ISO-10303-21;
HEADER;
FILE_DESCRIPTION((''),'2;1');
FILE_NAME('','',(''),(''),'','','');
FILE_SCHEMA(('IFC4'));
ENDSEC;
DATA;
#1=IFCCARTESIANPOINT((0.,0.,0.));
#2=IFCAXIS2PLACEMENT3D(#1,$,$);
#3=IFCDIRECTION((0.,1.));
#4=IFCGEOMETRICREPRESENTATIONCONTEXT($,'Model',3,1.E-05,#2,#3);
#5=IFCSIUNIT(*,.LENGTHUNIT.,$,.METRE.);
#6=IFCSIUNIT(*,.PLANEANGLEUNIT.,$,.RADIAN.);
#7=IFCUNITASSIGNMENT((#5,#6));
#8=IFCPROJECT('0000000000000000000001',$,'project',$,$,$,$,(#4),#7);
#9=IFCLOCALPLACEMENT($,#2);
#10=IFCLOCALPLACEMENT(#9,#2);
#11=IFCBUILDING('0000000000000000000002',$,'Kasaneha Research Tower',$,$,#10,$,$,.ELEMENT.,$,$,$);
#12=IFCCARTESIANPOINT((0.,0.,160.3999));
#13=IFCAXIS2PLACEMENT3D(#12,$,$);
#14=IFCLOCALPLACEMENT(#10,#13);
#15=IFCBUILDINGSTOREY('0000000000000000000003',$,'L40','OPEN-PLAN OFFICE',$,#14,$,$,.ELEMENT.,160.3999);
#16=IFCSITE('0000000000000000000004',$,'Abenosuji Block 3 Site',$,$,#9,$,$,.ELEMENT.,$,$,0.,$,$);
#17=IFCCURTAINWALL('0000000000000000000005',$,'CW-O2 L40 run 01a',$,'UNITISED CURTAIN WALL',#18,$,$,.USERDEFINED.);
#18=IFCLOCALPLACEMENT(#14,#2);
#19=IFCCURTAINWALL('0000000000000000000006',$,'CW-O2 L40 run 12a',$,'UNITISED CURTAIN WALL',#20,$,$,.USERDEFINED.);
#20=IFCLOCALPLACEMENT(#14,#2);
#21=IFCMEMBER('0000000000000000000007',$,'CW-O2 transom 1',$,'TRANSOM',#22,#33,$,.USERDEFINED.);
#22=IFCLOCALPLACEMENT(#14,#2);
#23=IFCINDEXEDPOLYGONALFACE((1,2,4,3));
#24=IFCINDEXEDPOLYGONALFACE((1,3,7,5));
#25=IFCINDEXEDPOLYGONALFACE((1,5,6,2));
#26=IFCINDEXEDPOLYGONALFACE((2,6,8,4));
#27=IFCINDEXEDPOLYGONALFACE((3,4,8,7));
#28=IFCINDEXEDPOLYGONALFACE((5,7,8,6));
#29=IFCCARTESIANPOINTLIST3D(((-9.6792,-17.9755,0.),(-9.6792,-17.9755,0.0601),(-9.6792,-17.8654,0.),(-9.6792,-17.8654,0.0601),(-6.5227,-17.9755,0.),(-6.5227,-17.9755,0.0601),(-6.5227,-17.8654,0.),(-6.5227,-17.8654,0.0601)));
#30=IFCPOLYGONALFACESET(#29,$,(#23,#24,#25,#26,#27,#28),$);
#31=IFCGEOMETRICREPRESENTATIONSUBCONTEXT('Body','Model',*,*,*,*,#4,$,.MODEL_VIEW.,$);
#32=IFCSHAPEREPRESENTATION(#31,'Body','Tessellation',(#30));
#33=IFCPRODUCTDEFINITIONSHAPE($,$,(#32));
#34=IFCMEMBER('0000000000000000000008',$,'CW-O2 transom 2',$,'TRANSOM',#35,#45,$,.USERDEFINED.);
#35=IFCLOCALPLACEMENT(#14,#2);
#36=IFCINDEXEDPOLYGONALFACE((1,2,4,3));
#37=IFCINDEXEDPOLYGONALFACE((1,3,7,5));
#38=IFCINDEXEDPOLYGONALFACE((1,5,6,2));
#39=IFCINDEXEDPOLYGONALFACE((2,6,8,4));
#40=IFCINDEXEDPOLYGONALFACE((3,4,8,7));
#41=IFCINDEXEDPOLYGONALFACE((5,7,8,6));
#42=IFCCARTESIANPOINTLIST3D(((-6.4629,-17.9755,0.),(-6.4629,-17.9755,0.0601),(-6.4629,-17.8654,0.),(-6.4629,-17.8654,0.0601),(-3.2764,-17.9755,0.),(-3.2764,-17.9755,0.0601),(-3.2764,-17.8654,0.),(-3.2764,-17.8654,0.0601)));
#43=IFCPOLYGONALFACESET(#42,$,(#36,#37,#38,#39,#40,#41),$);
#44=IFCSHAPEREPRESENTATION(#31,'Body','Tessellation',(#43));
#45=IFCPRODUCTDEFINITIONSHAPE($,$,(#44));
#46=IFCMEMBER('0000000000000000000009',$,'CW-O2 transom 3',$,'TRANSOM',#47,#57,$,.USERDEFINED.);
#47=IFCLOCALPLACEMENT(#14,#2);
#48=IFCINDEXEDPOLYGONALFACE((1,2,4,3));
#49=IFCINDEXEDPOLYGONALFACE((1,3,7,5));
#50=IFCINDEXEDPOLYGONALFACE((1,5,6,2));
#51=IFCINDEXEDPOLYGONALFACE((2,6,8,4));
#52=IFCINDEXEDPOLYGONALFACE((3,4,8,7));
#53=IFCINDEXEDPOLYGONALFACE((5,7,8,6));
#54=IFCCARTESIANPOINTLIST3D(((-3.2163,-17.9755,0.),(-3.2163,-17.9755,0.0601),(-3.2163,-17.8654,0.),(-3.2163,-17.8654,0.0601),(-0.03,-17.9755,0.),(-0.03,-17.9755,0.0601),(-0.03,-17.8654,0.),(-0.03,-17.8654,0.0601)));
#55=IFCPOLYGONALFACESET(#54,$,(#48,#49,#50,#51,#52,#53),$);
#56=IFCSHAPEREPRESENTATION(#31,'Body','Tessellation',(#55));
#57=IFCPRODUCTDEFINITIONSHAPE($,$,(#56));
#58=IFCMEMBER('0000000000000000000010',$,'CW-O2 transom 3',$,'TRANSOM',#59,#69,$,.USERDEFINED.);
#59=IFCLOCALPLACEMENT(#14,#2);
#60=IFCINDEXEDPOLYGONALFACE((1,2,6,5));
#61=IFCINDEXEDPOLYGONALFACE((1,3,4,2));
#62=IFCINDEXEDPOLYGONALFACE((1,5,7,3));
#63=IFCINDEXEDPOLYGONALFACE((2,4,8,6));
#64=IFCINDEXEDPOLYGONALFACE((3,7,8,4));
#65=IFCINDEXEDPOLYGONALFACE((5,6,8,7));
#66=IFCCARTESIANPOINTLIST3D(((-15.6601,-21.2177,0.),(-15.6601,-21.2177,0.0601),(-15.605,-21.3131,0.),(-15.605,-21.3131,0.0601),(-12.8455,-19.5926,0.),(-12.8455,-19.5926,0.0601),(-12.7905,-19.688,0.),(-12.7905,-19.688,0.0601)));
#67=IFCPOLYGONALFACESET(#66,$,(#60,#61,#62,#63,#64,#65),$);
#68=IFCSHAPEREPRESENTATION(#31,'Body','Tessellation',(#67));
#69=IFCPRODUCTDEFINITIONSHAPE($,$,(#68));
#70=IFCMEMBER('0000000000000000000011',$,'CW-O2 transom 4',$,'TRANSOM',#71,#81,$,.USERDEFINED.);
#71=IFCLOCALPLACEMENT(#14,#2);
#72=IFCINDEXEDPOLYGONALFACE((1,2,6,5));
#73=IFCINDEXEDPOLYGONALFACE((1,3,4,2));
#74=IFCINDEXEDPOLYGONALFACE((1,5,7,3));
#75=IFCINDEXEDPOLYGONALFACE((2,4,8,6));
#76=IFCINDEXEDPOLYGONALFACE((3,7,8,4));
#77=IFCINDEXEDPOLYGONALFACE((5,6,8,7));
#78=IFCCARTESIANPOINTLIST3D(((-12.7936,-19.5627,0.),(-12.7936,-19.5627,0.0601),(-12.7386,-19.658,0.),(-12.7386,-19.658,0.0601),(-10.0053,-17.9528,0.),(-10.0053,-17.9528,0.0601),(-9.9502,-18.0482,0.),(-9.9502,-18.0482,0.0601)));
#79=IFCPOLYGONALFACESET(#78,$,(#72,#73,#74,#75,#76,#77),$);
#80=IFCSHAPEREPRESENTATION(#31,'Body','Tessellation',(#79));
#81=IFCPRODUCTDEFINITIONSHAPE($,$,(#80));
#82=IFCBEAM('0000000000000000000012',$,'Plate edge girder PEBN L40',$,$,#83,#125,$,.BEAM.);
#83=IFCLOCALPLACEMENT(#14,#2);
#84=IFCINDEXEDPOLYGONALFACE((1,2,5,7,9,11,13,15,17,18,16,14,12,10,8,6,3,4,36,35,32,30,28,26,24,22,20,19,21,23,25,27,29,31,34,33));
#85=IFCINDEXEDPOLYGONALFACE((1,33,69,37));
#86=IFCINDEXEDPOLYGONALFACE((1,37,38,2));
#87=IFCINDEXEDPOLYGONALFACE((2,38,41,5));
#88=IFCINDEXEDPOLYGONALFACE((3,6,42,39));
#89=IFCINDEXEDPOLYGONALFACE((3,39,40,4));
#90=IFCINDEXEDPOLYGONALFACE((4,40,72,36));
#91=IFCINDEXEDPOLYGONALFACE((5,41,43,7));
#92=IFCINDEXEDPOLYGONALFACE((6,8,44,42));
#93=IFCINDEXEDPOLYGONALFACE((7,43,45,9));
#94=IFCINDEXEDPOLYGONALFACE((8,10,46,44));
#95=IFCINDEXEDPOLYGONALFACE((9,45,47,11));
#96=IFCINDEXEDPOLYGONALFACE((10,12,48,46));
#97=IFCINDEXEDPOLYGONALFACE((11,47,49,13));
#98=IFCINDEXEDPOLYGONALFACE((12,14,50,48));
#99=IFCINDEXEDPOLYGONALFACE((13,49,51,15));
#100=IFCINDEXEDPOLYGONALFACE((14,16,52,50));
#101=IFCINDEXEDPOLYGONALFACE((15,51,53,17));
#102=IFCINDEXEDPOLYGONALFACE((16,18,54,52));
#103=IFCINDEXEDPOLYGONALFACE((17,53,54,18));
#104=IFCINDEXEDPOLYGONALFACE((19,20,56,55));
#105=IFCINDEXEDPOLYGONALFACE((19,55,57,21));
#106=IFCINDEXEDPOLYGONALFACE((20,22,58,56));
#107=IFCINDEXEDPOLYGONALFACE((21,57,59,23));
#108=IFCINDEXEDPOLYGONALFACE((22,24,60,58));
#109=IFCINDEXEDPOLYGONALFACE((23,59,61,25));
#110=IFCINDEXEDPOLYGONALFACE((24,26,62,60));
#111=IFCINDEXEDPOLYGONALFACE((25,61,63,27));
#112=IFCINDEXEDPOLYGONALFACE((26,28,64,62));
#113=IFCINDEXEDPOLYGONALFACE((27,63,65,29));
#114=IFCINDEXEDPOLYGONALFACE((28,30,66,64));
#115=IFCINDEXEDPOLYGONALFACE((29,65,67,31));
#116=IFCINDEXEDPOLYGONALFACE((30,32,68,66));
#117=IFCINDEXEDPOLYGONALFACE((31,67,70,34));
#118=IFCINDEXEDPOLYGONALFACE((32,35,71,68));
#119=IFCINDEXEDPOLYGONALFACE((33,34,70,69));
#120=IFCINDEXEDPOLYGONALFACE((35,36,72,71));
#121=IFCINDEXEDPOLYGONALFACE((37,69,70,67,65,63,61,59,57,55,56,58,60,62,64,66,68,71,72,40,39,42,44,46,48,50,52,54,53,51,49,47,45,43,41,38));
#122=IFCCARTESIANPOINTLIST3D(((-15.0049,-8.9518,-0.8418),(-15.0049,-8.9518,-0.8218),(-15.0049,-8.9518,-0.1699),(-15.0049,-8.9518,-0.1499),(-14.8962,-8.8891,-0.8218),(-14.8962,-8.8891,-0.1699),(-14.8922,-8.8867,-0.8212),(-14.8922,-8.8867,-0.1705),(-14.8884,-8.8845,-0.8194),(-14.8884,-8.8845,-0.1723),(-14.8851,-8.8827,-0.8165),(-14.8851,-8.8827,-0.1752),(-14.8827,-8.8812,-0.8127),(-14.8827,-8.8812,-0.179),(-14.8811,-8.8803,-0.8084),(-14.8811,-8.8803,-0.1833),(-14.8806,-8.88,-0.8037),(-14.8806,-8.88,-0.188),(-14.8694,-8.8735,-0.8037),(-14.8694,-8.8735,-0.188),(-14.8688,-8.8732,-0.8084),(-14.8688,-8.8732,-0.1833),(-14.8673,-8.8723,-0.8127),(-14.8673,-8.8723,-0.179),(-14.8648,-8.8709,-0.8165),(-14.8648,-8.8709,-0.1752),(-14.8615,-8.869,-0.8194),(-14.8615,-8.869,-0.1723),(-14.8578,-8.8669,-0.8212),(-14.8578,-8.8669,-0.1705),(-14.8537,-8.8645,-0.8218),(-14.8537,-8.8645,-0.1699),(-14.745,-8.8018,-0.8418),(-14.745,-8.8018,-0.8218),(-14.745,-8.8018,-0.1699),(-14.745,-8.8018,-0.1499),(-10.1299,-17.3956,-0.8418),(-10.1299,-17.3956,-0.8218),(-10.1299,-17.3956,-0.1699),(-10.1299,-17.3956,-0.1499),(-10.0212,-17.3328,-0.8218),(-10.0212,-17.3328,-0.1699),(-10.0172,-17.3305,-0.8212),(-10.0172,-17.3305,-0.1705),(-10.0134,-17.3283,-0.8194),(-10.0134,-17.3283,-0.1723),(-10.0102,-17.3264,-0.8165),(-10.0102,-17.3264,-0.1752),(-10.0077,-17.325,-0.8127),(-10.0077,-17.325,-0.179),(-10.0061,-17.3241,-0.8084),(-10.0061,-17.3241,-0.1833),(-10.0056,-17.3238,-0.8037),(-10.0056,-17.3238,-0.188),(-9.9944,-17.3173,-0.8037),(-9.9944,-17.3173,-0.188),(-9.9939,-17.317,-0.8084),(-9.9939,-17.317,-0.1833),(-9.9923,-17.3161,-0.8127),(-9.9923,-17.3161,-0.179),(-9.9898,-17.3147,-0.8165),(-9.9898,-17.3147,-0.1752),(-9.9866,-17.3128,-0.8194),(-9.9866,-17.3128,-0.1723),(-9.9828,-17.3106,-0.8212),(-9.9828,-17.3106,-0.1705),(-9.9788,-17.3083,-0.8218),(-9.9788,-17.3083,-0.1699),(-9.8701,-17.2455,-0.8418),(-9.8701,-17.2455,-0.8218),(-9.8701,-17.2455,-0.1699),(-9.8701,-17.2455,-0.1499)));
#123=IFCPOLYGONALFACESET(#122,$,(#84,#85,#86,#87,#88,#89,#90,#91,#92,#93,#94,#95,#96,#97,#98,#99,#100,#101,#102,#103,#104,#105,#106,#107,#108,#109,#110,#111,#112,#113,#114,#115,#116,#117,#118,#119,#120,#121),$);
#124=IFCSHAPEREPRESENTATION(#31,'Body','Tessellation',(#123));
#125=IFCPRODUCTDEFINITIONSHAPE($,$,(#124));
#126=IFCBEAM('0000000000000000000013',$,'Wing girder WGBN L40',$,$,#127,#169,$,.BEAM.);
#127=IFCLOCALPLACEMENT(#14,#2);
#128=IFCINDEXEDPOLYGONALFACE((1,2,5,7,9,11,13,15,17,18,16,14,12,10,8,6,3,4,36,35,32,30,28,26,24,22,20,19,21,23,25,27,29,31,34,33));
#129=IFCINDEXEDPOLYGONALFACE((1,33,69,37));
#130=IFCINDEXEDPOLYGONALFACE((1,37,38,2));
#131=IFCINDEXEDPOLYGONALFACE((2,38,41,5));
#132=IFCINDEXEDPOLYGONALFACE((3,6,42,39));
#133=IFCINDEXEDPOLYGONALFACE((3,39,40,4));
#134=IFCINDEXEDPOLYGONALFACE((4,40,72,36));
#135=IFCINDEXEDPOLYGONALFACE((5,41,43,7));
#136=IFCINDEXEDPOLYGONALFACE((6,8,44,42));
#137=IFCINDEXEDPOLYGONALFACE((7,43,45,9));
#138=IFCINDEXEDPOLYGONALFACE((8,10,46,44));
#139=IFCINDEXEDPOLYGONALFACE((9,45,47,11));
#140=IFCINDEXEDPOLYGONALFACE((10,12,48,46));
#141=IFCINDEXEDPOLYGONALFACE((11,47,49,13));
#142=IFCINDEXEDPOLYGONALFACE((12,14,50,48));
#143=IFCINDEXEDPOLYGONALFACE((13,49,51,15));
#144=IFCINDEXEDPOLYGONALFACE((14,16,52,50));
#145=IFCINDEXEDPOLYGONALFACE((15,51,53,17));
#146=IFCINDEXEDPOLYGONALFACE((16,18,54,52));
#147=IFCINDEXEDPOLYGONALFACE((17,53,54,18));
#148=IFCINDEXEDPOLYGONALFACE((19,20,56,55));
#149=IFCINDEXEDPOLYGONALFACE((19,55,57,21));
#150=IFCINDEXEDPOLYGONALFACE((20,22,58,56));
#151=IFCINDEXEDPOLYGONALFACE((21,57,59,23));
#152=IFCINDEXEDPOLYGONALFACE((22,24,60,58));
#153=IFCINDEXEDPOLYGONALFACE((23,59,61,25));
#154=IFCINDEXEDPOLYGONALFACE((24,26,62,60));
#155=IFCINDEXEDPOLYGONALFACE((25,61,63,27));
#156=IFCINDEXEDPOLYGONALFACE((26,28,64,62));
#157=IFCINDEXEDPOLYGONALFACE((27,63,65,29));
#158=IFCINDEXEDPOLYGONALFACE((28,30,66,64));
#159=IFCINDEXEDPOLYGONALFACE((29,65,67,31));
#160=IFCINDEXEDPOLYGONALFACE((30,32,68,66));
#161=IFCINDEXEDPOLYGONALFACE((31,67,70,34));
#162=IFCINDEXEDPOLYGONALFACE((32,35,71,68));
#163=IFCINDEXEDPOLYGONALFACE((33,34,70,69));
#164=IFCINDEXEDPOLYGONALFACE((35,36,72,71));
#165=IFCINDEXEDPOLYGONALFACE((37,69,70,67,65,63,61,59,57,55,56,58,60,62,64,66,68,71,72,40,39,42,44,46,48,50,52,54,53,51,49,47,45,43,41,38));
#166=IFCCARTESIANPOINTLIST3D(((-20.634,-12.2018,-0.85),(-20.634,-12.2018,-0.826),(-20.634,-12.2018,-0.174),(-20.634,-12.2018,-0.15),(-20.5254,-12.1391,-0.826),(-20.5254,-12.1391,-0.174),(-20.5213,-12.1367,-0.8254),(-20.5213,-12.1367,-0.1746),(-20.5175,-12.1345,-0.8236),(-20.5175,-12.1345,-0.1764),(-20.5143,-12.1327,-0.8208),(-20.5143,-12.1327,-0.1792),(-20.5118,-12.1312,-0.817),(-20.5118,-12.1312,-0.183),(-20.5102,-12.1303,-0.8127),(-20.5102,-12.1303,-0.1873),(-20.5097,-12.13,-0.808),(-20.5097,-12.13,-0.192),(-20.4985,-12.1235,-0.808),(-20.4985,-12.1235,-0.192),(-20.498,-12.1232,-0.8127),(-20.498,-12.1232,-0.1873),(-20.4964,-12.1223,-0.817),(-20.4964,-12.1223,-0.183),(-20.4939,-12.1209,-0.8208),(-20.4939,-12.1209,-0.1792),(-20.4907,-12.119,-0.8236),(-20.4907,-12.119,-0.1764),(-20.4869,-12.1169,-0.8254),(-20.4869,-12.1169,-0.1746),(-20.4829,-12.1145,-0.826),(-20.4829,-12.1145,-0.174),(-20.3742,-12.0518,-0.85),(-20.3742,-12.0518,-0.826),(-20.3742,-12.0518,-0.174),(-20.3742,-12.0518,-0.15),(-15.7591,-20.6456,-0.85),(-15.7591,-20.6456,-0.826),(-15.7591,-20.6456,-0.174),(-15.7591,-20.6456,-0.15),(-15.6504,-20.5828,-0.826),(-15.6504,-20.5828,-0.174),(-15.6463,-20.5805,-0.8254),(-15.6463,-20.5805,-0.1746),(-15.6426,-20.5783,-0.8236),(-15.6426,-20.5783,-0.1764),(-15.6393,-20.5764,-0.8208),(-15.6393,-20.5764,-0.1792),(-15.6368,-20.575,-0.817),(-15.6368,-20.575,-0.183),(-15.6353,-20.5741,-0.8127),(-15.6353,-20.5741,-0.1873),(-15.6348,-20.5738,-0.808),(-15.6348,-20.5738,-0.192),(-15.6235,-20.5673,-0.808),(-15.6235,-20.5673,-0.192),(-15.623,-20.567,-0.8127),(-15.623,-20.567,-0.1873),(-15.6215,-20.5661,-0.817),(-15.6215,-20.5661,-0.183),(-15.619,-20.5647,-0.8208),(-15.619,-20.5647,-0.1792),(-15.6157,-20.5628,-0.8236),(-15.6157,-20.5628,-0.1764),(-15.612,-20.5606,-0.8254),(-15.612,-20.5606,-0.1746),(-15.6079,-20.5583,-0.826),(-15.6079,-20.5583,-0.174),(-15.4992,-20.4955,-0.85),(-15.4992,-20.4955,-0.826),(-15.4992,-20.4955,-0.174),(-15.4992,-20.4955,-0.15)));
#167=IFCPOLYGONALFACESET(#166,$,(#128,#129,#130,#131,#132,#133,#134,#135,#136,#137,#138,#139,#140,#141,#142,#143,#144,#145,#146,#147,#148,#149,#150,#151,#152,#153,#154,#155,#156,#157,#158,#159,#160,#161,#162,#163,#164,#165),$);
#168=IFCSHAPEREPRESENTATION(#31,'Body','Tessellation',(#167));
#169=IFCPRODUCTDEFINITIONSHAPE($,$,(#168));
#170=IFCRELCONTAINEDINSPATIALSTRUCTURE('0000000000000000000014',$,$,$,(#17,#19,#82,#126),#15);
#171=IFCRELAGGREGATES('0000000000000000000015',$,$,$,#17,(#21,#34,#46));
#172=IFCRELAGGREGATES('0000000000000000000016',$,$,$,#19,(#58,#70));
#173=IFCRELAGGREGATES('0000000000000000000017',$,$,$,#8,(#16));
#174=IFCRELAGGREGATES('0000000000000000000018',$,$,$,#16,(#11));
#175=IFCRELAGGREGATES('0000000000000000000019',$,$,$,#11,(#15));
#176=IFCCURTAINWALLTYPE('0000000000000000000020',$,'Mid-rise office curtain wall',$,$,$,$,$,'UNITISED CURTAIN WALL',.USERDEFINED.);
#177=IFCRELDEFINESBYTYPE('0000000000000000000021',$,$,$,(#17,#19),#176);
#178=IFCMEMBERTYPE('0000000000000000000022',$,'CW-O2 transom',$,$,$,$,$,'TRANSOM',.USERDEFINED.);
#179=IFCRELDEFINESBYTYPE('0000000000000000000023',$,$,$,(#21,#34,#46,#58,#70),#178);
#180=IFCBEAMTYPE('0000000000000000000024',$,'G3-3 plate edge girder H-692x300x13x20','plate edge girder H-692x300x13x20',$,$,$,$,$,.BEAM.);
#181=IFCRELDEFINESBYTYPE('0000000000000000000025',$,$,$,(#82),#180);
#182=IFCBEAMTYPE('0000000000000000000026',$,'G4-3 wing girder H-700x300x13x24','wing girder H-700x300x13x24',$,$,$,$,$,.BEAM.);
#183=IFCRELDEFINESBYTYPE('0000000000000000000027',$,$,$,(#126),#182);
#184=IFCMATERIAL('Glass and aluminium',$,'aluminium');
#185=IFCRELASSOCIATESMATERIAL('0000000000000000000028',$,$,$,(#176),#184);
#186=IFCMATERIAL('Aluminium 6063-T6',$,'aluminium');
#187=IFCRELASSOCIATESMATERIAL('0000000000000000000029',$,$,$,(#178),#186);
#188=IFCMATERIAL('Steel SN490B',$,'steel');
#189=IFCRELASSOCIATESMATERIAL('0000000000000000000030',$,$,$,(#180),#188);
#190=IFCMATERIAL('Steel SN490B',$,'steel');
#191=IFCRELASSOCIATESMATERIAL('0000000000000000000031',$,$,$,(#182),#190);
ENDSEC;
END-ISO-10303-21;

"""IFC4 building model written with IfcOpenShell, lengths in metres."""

from ifc_helpers import new_model, si_unit, direction, frame, origin, origin_2d, place, context, subcontext, project, spatial, rectangle, i_section, extrude, material, material_profile, profile_set, type_object, element, aggregate, save


model = new_model("IFC4")

# Units and contexts
model_context = context("Model", 3, precision=1e-05, world=origin(), true_north=direction((0.0, 1.0)))
body_context = subcontext(model_context, "Body", "Model", "MODEL_VIEW")
ifc_project = project(units=[si_unit("LENGTHUNIT", "METRE"), si_unit("PLANEANGLEUNIT", "RADIAN")], contexts=[model_context])

# Site, building, storey
site_placement = place(None, origin())
site = spatial("IfcSite", under=ifc_project, at=site_placement, Name="Abenosuji Block 3 Site", CompositionType="ELEMENT", RefElevation=0.0)
building_placement = place(site_placement, origin())
building = spatial("IfcBuilding", under=site, at=building_placement, Name="Kasaneha Research Tower", CompositionType="ELEMENT")
storey_placement = place(building_placement, frame((0.0, 0.0, 160.3999)))
storey = spatial("IfcBuildingStorey", under=building, at=storey_placement, Name="L40", Description="OPEN-PLAN OFFICE", CompositionType="ELEMENT", Elevation=160.3999)

# Curtain walls
ifc_material_1 = material(Name="Glass and aluminium", Category="aluminium")
curtain_wall_type = type_object("IfcCurtainWallType", Name="Mid-rise office curtain wall", ElementType="UNITISED CURTAIN WALL", PredefinedType="USERDEFINED", material=ifc_material_1)
curtain_wall_1_placement = place(storey_placement, origin())
curtain_wall_1 = element("IfcCurtainWall", 1, at=curtain_wall_1_placement, inside=storey, type_object=curtain_wall_type, Name="CW-O2 L40 run 01a", ObjectType="UNITISED CURTAIN WALL", PredefinedType="USERDEFINED")
curtain_wall_2_placement = place(storey_placement, origin())
curtain_wall_2 = element("IfcCurtainWall", 2, at=curtain_wall_2_placement, inside=storey, type_object=curtain_wall_type, Name="CW-O2 L40 run 12a", ObjectType="UNITISED CURTAIN WALL", PredefinedType="USERDEFINED")

# Members
ifc_material_2 = material(Name="Aluminium 6063-T6", Category="aluminium")
ifc_material_profile_1 = material_profile(ifc_material_2, rectangle(XDim=0.1101, YDim=0.0601, at=origin_2d()), Name="CW-O2 transom 110x60")
ifc_profile_set_1 = profile_set([ifc_material_profile_1], Name="Aluminium 6063-T6")
member_type_1 = type_object("IfcMemberType", Name="CW-O2 transom", ElementType="TRANSOM", PredefinedType="USERDEFINED", material=ifc_profile_set_1)
member_1_placement = place(storey_placement, frame((-9.6792, -17.9204, 0.03), z_axis=(1.0, 0.0, 0.0), x_axis=(0.0, 1.0, 0.0)))
member_1 = element("IfcMember", 3, at=member_1_placement, type_object=member_type_1, Name="CW-O2 transom 1", ObjectType="TRANSOM", PredefinedType="USERDEFINED", context=body_context, shape_type="SweptSolid", body=[
    extrude(rectangle(XDim=0.1101, YDim=0.0601, at=origin_2d()), origin(), (0.0, 0.0, 1.0), 3.1565),
])
member_2_placement = place(storey_placement, frame((-6.4629, -17.9204, 0.03), z_axis=(1.0, 0.0, 0.0), x_axis=(0.0, 1.0, 0.0)))
member_2 = element("IfcMember", 4, at=member_2_placement, type_object=member_type_1, Name="CW-O2 transom 2", ObjectType="TRANSOM", PredefinedType="USERDEFINED", context=body_context, shape_type="SweptSolid", body=[
    extrude(rectangle(XDim=0.1101, YDim=0.0601, at=origin_2d()), origin(), (0.0, 0.0, 1.0), 3.1865),
])
member_3_placement = place(storey_placement, frame((-3.2163, -17.9204, 0.03), z_axis=(1.0, 0.0, 0.0), x_axis=(0.0, 1.0, 0.0)))
member_3 = element("IfcMember", 5, at=member_3_placement, type_object=member_type_1, Name="CW-O2 transom 3", ObjectType="TRANSOM", PredefinedType="USERDEFINED", context=body_context, shape_type="SweptSolid", body=[
    extrude(rectangle(XDim=0.1101, YDim=0.0601, at=origin_2d()), origin(), (0.0, 0.0, 1.0), 3.1863),
])
member_4_placement = place(storey_placement, frame((-15.6326, -21.2654, 0.03), z_axis=(0.866015, 0.500017, 0.0), x_axis=(-0.500017, 0.866015, 0.0)))
member_4 = element("IfcMember", 6, at=member_4_placement, type_object=member_type_1, Name="CW-O2 transom 3", ObjectType="TRANSOM", PredefinedType="USERDEFINED", context=body_context, shape_type="SweptSolid", body=[
    extrude(rectangle(XDim=0.1101, YDim=0.0601, at=origin_2d()), origin(), (0.0, 0.0, 1.0), 3.25),
])
member_5_placement = place(storey_placement, frame((-12.7661, -19.6104, 0.03), z_axis=(0.866023, 0.500005, 0.0), x_axis=(-0.500005, 0.866023, 0.0)))
member_5 = element("IfcMember", 7, at=member_5_placement, type_object=member_type_1, Name="CW-O2 transom 4", ObjectType="TRANSOM", PredefinedType="USERDEFINED", context=body_context, shape_type="SweptSolid", body=[
    extrude(rectangle(XDim=0.1101, YDim=0.0601, at=origin_2d()), origin(), (0.0, 0.0, 1.0), 3.2197),
])

# Beams
ifc_material_3 = material(Name="Steel SN490B", Category="steel")
ifc_material_profile_2 = material_profile(ifc_material_3, i_section(OverallWidth=0.3, OverallDepth=0.6919, WebThickness=0.0129, FlangeThickness=0.02, FilletRadius=0.0181, at=origin_2d()), Name="H-692x300x13x20")
ifc_profile_set_2 = profile_set([ifc_material_profile_2], Name="Steel SN490B")
beam_type_1 = type_object("IfcBeamType", Name="G3-3 plate edge girder H-692x300x13x20", Description="plate edge girder H-692x300x13x20", PredefinedType="BEAM", material=ifc_profile_set_2)
beam_1_placement = place(storey_placement, frame((-10.0, -17.3206, -0.4958), z_axis=(-0.499996, 0.866028, 0.0), x_axis=(-0.866028, -0.499996, 0.0)))
element("IfcBeam", 8, at=beam_1_placement, inside=storey, type_object=beam_type_1, Name="Plate edge girder PEBN L40", PredefinedType="BEAM", context=body_context, shape_type="SweptSolid", body=[
    extrude(i_section(OverallWidth=0.3, OverallDepth=0.6919, WebThickness=0.0129, FlangeThickness=0.02, FilletRadius=0.0181, at=origin_2d()), origin(), (0.0, 0.0, 1.0), 9.75),
])
ifc_material_4 = material(Name="Steel SN490B", Category="steel")
ifc_material_profile_3 = material_profile(ifc_material_4, i_section(OverallWidth=0.3, OverallDepth=0.7, WebThickness=0.0129, FlangeThickness=0.0239, FilletRadius=0.0181, at=origin_2d()), Name="H-700x300x13x24")
ifc_profile_set_3 = profile_set([ifc_material_profile_3], Name="Steel SN490B")
beam_type_2 = type_object("IfcBeamType", Name="G4-3 wing girder H-700x300x13x24", Description="wing girder H-700x300x13x24", PredefinedType="BEAM", material=ifc_profile_set_3)
beam_2_placement = place(storey_placement, frame((-15.6292, -20.5706, -0.5), z_axis=(-0.499996, 0.866028, 0.0), x_axis=(-0.866028, -0.499996, 0.0)))
element("IfcBeam", 9, at=beam_2_placement, inside=storey, type_object=beam_type_2, Name="Wing girder WGBN L40", PredefinedType="BEAM", context=body_context, shape_type="SweptSolid", body=[
    extrude(i_section(OverallWidth=0.3, OverallDepth=0.7, WebThickness=0.0129, FlangeThickness=0.0239, FilletRadius=0.0181, at=origin_2d()), origin(), (0.0, 0.0, 1.0), 9.75),
])

aggregate(curtain_wall_1, [member_1, member_2, member_3])
aggregate(curtain_wall_2, [member_4, member_5])

save(model, "model.ifc")
